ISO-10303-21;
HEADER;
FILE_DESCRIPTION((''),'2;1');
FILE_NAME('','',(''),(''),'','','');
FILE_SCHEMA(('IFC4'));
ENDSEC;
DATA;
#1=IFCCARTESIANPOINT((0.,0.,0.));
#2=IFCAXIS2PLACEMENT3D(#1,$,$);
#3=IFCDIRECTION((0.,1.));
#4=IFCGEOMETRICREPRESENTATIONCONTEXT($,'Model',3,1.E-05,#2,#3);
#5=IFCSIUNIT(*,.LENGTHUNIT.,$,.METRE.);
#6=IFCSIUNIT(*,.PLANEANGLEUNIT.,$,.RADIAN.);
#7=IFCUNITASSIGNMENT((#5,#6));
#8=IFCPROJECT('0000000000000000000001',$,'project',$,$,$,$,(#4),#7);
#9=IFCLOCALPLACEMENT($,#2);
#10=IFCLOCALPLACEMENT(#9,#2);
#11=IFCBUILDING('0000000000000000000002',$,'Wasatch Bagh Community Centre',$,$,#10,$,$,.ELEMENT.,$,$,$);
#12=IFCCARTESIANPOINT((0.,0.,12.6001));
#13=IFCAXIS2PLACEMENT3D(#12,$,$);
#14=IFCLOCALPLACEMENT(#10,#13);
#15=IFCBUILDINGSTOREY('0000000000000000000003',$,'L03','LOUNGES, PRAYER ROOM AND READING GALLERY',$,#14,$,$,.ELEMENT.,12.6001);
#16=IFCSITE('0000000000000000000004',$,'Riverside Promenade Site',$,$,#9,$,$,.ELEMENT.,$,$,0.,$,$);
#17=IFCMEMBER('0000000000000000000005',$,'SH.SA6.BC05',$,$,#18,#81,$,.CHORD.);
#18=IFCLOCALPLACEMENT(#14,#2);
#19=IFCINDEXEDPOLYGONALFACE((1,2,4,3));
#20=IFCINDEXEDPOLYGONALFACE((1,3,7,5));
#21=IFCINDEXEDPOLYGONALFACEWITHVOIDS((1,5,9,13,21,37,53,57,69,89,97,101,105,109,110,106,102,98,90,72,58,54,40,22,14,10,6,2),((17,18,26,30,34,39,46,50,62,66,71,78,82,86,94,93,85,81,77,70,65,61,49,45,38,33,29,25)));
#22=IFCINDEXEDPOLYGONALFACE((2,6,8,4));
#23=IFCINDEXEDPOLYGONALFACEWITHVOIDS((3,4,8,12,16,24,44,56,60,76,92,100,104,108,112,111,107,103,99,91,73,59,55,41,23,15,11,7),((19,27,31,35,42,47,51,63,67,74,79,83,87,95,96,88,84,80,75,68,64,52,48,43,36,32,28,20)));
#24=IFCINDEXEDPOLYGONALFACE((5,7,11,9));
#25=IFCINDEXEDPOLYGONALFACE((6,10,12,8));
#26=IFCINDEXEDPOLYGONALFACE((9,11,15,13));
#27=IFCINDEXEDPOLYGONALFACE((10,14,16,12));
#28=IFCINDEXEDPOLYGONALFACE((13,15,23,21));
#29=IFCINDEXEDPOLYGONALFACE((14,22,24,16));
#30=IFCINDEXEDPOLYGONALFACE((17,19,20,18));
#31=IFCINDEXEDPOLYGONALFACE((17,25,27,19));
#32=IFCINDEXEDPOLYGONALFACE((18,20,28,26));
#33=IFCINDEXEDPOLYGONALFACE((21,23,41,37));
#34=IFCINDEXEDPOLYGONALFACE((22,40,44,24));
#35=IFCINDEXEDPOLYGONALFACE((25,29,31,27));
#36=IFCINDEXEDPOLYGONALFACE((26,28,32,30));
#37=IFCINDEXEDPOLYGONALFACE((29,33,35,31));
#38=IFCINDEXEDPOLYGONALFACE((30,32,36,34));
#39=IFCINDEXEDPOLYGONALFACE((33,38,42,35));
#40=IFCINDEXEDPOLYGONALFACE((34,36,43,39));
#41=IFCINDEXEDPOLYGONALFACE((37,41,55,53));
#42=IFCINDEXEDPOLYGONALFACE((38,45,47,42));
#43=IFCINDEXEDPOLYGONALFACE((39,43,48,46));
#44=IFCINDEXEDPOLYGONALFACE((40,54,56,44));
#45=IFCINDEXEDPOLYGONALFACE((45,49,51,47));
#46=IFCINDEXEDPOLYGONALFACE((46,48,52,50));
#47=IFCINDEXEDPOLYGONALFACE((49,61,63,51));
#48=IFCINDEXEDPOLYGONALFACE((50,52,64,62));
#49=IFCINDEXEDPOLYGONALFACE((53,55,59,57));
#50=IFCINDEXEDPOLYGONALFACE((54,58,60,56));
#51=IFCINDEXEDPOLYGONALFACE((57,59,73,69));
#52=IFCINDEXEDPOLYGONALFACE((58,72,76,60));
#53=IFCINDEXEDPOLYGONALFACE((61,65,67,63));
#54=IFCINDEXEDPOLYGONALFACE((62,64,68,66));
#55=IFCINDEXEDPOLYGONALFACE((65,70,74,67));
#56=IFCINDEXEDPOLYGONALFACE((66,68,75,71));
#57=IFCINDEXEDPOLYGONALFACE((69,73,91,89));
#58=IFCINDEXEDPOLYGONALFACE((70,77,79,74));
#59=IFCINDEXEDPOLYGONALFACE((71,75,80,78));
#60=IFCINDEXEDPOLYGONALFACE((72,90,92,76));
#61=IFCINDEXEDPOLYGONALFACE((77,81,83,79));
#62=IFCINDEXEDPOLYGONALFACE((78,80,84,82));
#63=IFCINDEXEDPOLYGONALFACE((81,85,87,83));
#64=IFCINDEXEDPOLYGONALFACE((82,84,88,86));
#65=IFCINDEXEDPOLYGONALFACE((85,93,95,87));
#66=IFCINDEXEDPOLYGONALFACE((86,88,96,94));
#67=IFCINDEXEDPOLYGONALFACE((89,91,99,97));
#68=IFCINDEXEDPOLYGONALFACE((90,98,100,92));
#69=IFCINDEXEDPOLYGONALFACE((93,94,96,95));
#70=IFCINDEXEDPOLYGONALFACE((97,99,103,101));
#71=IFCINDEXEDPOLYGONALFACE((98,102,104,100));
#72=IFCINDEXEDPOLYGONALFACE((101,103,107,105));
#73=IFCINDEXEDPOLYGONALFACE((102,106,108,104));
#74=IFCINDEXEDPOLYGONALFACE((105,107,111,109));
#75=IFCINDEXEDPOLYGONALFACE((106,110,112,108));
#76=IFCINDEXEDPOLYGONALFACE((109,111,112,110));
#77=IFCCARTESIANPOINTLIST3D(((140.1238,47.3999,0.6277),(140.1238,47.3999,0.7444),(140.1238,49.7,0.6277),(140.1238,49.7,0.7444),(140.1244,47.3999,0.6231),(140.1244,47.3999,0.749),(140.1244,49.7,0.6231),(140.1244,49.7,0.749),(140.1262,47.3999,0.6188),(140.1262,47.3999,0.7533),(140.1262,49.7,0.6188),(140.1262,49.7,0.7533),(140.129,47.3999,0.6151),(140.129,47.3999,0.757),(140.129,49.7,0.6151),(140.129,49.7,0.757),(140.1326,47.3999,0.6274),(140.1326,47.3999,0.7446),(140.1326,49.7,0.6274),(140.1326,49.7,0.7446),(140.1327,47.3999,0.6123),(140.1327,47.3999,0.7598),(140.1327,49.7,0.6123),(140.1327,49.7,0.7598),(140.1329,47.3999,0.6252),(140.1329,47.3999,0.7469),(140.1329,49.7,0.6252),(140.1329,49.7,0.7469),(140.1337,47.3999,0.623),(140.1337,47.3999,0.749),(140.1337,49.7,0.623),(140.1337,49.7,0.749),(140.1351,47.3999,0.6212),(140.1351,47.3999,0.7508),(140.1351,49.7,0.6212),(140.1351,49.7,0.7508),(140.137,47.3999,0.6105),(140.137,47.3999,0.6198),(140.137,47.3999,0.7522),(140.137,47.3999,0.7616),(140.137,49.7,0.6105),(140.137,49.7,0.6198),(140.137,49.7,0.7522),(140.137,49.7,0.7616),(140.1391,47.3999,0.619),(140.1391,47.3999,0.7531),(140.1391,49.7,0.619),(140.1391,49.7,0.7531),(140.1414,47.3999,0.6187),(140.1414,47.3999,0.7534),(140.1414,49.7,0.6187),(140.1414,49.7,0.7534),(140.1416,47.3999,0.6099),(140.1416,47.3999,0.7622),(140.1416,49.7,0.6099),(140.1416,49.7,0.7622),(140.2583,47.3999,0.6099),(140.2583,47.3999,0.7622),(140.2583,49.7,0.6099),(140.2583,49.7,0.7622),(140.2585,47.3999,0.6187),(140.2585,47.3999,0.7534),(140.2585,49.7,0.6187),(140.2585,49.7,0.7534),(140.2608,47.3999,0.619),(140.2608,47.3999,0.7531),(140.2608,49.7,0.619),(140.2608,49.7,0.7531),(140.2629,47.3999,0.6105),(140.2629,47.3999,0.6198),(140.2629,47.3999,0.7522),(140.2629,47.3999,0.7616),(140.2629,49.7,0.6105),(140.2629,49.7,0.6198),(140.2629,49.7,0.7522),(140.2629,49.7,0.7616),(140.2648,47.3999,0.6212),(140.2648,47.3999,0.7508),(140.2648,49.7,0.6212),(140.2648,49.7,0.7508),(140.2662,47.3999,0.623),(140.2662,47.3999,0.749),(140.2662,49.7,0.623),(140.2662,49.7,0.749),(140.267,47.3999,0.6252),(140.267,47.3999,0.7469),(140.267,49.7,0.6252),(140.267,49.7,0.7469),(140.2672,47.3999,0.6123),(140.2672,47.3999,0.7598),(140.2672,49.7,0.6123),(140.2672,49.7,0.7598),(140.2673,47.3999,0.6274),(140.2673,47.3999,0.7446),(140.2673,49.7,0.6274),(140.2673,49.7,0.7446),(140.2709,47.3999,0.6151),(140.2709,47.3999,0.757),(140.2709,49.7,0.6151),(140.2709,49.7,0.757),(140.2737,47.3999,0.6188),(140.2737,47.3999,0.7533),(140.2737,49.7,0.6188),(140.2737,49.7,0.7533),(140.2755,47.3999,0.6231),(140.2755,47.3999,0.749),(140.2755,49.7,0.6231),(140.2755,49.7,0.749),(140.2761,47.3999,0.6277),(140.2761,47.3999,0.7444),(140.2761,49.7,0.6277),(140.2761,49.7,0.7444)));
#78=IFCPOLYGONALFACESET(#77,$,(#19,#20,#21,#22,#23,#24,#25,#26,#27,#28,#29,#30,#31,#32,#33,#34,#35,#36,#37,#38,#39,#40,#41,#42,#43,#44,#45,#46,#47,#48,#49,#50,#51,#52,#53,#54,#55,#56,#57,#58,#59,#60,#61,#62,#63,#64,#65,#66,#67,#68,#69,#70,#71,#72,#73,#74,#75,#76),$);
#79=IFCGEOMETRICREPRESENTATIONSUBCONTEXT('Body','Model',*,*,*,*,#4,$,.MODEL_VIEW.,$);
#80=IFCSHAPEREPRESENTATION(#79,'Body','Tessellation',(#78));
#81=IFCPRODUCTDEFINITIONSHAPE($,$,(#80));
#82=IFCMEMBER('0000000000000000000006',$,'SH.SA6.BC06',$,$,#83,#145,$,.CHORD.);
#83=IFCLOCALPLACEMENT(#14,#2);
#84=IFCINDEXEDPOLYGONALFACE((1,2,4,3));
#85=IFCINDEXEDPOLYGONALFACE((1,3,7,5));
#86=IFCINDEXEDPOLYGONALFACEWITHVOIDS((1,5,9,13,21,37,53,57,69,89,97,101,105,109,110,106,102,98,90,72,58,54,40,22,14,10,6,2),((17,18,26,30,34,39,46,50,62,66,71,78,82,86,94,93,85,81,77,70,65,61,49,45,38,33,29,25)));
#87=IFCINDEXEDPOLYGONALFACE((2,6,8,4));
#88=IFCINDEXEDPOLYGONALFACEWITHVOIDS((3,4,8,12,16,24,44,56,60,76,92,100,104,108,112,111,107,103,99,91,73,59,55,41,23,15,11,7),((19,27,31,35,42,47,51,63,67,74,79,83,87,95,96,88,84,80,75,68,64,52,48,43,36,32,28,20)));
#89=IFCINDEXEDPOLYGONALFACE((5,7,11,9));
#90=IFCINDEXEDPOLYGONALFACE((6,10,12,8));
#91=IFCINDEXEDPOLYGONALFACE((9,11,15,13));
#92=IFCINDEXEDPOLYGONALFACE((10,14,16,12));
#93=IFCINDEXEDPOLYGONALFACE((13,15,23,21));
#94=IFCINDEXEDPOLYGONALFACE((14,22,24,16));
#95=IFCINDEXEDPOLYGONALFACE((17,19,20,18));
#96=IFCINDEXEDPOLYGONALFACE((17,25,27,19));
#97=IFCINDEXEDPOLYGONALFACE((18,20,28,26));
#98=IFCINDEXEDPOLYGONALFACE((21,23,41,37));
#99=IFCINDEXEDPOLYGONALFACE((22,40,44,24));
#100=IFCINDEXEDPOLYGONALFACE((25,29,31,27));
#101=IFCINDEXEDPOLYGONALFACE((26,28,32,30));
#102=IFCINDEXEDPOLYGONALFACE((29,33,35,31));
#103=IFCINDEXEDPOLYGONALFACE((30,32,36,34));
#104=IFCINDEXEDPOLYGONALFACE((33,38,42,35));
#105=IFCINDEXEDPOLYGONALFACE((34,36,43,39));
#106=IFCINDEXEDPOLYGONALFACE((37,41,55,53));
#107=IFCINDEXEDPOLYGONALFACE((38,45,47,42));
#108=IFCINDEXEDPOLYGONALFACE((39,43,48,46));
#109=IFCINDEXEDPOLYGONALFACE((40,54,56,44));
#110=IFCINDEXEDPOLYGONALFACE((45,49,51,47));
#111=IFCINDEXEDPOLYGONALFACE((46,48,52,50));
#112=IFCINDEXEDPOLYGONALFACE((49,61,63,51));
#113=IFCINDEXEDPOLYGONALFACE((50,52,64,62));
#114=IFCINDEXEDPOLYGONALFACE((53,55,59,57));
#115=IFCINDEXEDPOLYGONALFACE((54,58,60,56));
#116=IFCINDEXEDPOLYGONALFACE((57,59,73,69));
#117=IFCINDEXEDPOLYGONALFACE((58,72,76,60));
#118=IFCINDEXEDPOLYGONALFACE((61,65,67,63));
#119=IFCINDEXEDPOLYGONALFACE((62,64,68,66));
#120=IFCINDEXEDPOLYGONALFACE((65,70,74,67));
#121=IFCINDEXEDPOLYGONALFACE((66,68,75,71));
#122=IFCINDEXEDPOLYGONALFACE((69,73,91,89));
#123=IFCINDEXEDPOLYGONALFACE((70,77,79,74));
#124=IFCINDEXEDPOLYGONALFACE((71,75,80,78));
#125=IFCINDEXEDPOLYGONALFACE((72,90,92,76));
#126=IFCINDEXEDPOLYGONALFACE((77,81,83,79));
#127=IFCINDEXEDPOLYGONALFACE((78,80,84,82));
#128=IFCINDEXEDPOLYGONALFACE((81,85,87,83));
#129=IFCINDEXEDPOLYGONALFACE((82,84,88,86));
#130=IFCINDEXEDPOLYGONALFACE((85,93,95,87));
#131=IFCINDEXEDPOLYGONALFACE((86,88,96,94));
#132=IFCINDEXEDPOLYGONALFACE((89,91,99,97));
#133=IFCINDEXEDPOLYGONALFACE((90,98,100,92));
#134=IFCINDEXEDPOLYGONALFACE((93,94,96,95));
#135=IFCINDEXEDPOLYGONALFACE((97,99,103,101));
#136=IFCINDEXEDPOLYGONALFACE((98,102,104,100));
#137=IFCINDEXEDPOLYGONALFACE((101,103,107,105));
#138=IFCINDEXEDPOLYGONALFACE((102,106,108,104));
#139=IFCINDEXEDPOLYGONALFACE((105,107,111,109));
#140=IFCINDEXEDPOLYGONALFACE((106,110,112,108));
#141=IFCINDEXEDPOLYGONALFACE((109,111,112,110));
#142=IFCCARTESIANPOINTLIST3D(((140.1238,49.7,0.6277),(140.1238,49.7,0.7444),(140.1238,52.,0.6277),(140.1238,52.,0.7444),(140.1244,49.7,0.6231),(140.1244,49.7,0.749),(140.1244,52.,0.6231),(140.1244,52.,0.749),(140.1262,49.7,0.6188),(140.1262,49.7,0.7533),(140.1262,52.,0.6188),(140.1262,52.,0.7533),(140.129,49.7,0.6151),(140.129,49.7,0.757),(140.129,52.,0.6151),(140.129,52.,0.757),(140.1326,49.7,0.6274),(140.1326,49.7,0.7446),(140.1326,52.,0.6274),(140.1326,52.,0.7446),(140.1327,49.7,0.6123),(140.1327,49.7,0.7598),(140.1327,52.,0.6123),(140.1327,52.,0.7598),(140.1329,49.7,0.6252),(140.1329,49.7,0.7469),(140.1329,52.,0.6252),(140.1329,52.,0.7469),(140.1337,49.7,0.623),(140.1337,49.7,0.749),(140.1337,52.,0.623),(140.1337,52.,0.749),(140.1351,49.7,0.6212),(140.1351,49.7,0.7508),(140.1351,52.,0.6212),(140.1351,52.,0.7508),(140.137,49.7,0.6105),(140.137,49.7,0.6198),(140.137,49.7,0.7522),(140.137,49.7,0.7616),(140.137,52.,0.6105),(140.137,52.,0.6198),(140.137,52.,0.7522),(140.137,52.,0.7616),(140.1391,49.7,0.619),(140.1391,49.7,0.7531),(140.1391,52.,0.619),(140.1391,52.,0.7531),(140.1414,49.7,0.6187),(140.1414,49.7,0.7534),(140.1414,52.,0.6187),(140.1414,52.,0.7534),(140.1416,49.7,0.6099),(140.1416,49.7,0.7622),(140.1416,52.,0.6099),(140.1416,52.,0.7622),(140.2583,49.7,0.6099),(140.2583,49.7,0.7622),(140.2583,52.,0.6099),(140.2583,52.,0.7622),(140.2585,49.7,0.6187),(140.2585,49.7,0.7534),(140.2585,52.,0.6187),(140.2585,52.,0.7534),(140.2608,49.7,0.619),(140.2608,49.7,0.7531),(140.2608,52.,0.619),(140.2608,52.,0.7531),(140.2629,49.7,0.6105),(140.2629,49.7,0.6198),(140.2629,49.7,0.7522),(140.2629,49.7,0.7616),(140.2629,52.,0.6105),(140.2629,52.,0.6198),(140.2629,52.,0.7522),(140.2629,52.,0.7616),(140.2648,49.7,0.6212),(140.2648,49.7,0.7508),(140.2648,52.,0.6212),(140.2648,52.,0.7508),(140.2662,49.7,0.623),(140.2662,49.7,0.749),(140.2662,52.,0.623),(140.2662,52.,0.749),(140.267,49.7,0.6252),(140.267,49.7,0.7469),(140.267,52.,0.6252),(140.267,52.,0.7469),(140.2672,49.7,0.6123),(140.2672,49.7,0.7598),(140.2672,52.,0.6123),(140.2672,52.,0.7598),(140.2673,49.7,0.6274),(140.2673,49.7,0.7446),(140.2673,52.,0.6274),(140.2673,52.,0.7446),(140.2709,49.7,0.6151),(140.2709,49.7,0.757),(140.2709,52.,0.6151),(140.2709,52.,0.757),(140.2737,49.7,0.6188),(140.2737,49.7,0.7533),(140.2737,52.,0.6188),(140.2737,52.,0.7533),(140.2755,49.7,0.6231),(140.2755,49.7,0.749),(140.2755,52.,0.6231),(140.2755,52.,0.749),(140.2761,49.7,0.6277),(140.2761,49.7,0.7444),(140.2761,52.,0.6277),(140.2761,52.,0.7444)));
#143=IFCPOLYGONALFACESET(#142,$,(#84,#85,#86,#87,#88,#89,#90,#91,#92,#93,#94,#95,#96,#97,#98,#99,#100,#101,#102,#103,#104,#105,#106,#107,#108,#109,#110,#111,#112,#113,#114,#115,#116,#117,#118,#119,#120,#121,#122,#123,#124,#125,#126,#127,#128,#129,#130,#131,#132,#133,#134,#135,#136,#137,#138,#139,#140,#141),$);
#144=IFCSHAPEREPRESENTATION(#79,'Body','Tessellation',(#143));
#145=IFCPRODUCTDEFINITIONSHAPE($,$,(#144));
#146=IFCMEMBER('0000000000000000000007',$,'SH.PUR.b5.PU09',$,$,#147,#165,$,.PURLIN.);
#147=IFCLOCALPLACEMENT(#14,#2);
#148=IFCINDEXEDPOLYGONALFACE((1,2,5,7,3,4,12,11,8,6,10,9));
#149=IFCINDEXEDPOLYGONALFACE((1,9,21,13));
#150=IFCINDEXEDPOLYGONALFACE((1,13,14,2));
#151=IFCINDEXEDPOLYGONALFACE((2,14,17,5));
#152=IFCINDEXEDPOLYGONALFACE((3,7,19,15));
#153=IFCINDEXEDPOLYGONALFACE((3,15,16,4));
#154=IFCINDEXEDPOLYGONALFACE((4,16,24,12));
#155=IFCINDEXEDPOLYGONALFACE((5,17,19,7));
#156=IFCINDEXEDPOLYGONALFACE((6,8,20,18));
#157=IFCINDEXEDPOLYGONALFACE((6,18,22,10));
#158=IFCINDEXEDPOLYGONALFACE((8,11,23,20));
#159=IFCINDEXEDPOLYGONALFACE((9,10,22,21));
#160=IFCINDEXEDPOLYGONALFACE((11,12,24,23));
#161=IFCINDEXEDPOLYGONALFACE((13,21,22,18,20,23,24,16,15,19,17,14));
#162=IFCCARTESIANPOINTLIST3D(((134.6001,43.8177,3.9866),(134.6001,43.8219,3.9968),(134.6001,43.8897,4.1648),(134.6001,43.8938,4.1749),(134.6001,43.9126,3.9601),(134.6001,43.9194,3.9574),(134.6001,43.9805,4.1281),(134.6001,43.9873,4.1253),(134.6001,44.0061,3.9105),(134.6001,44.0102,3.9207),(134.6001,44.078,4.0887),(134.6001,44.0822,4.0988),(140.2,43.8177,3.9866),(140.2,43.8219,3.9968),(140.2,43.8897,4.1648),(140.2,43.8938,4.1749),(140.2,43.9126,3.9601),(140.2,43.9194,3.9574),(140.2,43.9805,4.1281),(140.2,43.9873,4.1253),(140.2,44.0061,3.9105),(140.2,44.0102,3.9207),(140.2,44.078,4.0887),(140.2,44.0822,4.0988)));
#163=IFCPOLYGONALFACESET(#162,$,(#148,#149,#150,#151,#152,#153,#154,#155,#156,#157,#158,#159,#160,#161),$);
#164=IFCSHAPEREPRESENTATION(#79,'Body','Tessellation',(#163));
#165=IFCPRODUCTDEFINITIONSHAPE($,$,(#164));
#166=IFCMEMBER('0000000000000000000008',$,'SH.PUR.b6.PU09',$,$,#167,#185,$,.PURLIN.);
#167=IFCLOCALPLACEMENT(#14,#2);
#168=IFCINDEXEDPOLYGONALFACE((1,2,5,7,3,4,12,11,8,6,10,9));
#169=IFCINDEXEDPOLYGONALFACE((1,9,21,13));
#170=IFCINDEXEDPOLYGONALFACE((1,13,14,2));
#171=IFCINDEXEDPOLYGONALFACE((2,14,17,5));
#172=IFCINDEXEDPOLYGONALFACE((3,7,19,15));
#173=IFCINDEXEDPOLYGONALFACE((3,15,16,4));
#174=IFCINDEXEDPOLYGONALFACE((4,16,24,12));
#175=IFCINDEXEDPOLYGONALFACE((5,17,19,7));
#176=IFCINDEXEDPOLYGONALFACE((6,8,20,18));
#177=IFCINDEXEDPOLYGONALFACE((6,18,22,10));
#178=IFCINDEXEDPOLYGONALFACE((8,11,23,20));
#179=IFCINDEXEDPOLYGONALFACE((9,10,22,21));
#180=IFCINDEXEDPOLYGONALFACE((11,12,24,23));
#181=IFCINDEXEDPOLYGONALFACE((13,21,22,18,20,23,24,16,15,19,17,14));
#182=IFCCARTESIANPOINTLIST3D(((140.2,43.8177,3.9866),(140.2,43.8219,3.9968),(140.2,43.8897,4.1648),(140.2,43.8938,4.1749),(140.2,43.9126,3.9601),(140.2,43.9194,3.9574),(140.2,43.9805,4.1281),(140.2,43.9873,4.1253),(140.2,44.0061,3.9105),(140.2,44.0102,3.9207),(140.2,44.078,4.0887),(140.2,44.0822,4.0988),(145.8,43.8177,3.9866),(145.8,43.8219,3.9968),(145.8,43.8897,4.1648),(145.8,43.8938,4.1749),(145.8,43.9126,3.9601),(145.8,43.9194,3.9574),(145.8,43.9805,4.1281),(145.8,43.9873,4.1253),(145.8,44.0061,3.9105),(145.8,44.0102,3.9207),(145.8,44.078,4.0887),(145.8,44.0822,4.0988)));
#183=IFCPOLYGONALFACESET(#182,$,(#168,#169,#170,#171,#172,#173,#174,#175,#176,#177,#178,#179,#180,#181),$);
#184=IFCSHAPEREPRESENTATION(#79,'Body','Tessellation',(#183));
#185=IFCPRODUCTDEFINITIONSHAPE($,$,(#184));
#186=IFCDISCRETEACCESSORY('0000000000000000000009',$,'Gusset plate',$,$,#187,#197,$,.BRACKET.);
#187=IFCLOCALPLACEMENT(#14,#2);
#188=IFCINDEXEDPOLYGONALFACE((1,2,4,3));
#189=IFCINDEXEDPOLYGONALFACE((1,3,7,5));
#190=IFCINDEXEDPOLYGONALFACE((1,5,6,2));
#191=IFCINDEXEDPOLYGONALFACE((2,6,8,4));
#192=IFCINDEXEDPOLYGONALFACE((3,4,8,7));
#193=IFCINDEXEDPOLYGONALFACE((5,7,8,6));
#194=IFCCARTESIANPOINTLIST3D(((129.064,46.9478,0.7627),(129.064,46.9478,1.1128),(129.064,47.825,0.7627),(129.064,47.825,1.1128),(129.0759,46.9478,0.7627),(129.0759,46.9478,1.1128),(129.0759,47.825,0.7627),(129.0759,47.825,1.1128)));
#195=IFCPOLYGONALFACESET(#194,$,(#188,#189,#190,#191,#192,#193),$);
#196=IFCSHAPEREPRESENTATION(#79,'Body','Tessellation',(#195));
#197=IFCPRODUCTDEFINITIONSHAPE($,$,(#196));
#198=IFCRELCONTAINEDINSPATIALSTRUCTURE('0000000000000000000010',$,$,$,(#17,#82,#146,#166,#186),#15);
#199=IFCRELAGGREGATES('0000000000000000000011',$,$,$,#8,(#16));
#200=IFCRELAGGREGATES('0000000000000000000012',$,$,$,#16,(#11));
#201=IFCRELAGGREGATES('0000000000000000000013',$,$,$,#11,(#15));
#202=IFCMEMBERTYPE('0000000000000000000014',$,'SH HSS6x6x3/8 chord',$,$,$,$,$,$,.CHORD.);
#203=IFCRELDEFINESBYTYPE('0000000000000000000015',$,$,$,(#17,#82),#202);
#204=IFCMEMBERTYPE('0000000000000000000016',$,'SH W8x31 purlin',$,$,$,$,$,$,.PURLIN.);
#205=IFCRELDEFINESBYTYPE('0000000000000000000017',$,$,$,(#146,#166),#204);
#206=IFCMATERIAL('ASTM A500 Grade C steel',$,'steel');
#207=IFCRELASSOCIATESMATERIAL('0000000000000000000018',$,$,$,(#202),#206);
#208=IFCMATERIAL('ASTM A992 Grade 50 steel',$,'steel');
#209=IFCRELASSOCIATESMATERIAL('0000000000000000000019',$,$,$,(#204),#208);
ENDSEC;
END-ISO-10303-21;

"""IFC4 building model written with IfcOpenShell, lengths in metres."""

from ifc_helpers import new_model, si_unit, direction, frame, origin, origin_2d, place, context, subcontext, project, spatial, polyline, hollow_rectangle, i_section, outline, extrude, material, material_profile, profile_set, type_object, element, save


model = new_model("IFC4")

# Units and contexts
model_context = context("Model", 3, precision=1e-05, world=origin(), true_north=direction((0.0, 1.0)))
body_context = subcontext(model_context, "Body", "Model", "MODEL_VIEW")
ifc_project = project(units=[si_unit("LENGTHUNIT", "METRE"), si_unit("PLANEANGLEUNIT", "RADIAN")], contexts=[model_context])

# Site, building, storey
site_placement = place(None, origin())
site = spatial("IfcSite", under=ifc_project, at=site_placement, Name="Riverside Promenade Site", CompositionType="ELEMENT", RefElevation=0.0)
building_placement = place(site_placement, origin())
building = spatial("IfcBuilding", under=site, at=building_placement, Name="Wasatch Bagh Community Centre", CompositionType="ELEMENT")
storey_placement = place(building_placement, frame((0.0, 0.0, 12.6001)))
storey = spatial("IfcBuildingStorey", under=building, at=storey_placement, Name="L03", Description="LOUNGES, PRAYER ROOM AND READING GALLERY", CompositionType="ELEMENT", Elevation=12.6001)

# Members
ifc_material_1 = material(Name="ASTM A500 Grade C steel", Category="steel")
ifc_material_profile_1 = material_profile(ifc_material_1, hollow_rectangle(XDim=0.1523, YDim=0.1523, WallThickness=0.0088, InnerFilletRadius=0.0088, OuterFilletRadius=0.0178, at=origin_2d()), Name="HSS6x6x3/8")
ifc_profile_set_1 = profile_set([ifc_material_profile_1], Name="ASTM A500 Grade C steel")
member_type_1 = type_object("IfcMemberType", Name="SH HSS6x6x3/8 chord", PredefinedType="CHORD", material=ifc_profile_set_1)
for number, where, z_axis, x_axis, name in (
    (1, (140.2, 47.3999, 0.686), (0.0, 1.0, 0.0), (-1.0, 0.0, 0.0), "SH.SA6.BC05"),
    (2, (140.2, 49.7, 0.686), (0.0, 1.0, 0.0), (-1.0, 0.0, 0.0), "SH.SA6.BC06"),
):
    element("IfcMember", number, at=place(storey_placement, frame(where, z_axis=z_axis, x_axis=x_axis)), inside=storey, type_object=member_type_1, Name=name, PredefinedType="CHORD", context=body_context, shape_type="SweptSolid", body=[
        extrude(hollow_rectangle(XDim=0.1523, YDim=0.1523, WallThickness=0.0088, InnerFilletRadius=0.0088, OuterFilletRadius=0.0178, at=origin_2d()), origin(), (0.0, 0.0, 1.0), 2.3),
    ])
ifc_material_2 = material(Name="ASTM A992 Grade 50 steel", Category="steel")
ifc_material_profile_2 = material_profile(ifc_material_2, i_section(OverallWidth=0.2031, OverallDepth=0.2031, WebThickness=0.0073, FlangeThickness=0.011, at=origin_2d()), Name="W8x31")
ifc_profile_set_2 = profile_set([ifc_material_profile_2], Name="ASTM A992 Grade 50 steel")
member_type_2 = type_object("IfcMemberType", Name="SH W8x31 purlin", PredefinedType="PURLIN", material=ifc_profile_set_2)
member_1_placement = place(storey_placement, frame((134.6001, 43.95, 4.0427), z_axis=(1.0, 0.0, 0.0), x_axis=(0.0, 0.927184, -0.374607)))
element("IfcMember", 3, at=member_1_placement, inside=storey, type_object=member_type_2, Name="SH.PUR.b5.PU09", PredefinedType="PURLIN", context=body_context, shape_type="SweptSolid", body=[
    extrude(i_section(OverallWidth=0.2031, OverallDepth=0.2031, WebThickness=0.0073, FlangeThickness=0.011, at=origin_2d()), origin(), (0.0, 0.0, 1.0), 5.5999),
])
member_2_placement = place(storey_placement, frame((140.2, 43.95, 4.0427), z_axis=(1.0, 0.0, 0.0), x_axis=(0.0, 0.927184, -0.374607)))
element("IfcMember", 4, at=member_2_placement, inside=storey, type_object=member_type_2, Name="SH.PUR.b6.PU09", PredefinedType="PURLIN", context=body_context, shape_type="SweptSolid", body=[
    extrude(i_section(OverallWidth=0.2031, OverallDepth=0.2031, WebThickness=0.0073, FlangeThickness=0.011, at=origin_2d()), origin(), (0.0, 0.0, 1.0), 5.6001),
])

# Discrete accessory
discrete_accessory_1_placement = place(storey_placement, frame((129.0759, 46.9478, 0.7627), z_axis=(1.0, 0.0, 0.0), x_axis=(0.0, 1.0, 0.0)))
element("IfcDiscreteAccessory", 5, at=discrete_accessory_1_placement, inside=storey, Name="Gusset plate", PredefinedType="BRACKET", context=body_context, shape_type="SweptSolid", body=[
    extrude(outline(polyline([(0.0, 0.0), (0.8772, 0.0), (0.8772, 0.3501), (0.0, 0.3501), (0.0, 0.0)])), origin(), (0.0, 0.0, -1.0), 0.012),
])

save(model, "model.ifc")
